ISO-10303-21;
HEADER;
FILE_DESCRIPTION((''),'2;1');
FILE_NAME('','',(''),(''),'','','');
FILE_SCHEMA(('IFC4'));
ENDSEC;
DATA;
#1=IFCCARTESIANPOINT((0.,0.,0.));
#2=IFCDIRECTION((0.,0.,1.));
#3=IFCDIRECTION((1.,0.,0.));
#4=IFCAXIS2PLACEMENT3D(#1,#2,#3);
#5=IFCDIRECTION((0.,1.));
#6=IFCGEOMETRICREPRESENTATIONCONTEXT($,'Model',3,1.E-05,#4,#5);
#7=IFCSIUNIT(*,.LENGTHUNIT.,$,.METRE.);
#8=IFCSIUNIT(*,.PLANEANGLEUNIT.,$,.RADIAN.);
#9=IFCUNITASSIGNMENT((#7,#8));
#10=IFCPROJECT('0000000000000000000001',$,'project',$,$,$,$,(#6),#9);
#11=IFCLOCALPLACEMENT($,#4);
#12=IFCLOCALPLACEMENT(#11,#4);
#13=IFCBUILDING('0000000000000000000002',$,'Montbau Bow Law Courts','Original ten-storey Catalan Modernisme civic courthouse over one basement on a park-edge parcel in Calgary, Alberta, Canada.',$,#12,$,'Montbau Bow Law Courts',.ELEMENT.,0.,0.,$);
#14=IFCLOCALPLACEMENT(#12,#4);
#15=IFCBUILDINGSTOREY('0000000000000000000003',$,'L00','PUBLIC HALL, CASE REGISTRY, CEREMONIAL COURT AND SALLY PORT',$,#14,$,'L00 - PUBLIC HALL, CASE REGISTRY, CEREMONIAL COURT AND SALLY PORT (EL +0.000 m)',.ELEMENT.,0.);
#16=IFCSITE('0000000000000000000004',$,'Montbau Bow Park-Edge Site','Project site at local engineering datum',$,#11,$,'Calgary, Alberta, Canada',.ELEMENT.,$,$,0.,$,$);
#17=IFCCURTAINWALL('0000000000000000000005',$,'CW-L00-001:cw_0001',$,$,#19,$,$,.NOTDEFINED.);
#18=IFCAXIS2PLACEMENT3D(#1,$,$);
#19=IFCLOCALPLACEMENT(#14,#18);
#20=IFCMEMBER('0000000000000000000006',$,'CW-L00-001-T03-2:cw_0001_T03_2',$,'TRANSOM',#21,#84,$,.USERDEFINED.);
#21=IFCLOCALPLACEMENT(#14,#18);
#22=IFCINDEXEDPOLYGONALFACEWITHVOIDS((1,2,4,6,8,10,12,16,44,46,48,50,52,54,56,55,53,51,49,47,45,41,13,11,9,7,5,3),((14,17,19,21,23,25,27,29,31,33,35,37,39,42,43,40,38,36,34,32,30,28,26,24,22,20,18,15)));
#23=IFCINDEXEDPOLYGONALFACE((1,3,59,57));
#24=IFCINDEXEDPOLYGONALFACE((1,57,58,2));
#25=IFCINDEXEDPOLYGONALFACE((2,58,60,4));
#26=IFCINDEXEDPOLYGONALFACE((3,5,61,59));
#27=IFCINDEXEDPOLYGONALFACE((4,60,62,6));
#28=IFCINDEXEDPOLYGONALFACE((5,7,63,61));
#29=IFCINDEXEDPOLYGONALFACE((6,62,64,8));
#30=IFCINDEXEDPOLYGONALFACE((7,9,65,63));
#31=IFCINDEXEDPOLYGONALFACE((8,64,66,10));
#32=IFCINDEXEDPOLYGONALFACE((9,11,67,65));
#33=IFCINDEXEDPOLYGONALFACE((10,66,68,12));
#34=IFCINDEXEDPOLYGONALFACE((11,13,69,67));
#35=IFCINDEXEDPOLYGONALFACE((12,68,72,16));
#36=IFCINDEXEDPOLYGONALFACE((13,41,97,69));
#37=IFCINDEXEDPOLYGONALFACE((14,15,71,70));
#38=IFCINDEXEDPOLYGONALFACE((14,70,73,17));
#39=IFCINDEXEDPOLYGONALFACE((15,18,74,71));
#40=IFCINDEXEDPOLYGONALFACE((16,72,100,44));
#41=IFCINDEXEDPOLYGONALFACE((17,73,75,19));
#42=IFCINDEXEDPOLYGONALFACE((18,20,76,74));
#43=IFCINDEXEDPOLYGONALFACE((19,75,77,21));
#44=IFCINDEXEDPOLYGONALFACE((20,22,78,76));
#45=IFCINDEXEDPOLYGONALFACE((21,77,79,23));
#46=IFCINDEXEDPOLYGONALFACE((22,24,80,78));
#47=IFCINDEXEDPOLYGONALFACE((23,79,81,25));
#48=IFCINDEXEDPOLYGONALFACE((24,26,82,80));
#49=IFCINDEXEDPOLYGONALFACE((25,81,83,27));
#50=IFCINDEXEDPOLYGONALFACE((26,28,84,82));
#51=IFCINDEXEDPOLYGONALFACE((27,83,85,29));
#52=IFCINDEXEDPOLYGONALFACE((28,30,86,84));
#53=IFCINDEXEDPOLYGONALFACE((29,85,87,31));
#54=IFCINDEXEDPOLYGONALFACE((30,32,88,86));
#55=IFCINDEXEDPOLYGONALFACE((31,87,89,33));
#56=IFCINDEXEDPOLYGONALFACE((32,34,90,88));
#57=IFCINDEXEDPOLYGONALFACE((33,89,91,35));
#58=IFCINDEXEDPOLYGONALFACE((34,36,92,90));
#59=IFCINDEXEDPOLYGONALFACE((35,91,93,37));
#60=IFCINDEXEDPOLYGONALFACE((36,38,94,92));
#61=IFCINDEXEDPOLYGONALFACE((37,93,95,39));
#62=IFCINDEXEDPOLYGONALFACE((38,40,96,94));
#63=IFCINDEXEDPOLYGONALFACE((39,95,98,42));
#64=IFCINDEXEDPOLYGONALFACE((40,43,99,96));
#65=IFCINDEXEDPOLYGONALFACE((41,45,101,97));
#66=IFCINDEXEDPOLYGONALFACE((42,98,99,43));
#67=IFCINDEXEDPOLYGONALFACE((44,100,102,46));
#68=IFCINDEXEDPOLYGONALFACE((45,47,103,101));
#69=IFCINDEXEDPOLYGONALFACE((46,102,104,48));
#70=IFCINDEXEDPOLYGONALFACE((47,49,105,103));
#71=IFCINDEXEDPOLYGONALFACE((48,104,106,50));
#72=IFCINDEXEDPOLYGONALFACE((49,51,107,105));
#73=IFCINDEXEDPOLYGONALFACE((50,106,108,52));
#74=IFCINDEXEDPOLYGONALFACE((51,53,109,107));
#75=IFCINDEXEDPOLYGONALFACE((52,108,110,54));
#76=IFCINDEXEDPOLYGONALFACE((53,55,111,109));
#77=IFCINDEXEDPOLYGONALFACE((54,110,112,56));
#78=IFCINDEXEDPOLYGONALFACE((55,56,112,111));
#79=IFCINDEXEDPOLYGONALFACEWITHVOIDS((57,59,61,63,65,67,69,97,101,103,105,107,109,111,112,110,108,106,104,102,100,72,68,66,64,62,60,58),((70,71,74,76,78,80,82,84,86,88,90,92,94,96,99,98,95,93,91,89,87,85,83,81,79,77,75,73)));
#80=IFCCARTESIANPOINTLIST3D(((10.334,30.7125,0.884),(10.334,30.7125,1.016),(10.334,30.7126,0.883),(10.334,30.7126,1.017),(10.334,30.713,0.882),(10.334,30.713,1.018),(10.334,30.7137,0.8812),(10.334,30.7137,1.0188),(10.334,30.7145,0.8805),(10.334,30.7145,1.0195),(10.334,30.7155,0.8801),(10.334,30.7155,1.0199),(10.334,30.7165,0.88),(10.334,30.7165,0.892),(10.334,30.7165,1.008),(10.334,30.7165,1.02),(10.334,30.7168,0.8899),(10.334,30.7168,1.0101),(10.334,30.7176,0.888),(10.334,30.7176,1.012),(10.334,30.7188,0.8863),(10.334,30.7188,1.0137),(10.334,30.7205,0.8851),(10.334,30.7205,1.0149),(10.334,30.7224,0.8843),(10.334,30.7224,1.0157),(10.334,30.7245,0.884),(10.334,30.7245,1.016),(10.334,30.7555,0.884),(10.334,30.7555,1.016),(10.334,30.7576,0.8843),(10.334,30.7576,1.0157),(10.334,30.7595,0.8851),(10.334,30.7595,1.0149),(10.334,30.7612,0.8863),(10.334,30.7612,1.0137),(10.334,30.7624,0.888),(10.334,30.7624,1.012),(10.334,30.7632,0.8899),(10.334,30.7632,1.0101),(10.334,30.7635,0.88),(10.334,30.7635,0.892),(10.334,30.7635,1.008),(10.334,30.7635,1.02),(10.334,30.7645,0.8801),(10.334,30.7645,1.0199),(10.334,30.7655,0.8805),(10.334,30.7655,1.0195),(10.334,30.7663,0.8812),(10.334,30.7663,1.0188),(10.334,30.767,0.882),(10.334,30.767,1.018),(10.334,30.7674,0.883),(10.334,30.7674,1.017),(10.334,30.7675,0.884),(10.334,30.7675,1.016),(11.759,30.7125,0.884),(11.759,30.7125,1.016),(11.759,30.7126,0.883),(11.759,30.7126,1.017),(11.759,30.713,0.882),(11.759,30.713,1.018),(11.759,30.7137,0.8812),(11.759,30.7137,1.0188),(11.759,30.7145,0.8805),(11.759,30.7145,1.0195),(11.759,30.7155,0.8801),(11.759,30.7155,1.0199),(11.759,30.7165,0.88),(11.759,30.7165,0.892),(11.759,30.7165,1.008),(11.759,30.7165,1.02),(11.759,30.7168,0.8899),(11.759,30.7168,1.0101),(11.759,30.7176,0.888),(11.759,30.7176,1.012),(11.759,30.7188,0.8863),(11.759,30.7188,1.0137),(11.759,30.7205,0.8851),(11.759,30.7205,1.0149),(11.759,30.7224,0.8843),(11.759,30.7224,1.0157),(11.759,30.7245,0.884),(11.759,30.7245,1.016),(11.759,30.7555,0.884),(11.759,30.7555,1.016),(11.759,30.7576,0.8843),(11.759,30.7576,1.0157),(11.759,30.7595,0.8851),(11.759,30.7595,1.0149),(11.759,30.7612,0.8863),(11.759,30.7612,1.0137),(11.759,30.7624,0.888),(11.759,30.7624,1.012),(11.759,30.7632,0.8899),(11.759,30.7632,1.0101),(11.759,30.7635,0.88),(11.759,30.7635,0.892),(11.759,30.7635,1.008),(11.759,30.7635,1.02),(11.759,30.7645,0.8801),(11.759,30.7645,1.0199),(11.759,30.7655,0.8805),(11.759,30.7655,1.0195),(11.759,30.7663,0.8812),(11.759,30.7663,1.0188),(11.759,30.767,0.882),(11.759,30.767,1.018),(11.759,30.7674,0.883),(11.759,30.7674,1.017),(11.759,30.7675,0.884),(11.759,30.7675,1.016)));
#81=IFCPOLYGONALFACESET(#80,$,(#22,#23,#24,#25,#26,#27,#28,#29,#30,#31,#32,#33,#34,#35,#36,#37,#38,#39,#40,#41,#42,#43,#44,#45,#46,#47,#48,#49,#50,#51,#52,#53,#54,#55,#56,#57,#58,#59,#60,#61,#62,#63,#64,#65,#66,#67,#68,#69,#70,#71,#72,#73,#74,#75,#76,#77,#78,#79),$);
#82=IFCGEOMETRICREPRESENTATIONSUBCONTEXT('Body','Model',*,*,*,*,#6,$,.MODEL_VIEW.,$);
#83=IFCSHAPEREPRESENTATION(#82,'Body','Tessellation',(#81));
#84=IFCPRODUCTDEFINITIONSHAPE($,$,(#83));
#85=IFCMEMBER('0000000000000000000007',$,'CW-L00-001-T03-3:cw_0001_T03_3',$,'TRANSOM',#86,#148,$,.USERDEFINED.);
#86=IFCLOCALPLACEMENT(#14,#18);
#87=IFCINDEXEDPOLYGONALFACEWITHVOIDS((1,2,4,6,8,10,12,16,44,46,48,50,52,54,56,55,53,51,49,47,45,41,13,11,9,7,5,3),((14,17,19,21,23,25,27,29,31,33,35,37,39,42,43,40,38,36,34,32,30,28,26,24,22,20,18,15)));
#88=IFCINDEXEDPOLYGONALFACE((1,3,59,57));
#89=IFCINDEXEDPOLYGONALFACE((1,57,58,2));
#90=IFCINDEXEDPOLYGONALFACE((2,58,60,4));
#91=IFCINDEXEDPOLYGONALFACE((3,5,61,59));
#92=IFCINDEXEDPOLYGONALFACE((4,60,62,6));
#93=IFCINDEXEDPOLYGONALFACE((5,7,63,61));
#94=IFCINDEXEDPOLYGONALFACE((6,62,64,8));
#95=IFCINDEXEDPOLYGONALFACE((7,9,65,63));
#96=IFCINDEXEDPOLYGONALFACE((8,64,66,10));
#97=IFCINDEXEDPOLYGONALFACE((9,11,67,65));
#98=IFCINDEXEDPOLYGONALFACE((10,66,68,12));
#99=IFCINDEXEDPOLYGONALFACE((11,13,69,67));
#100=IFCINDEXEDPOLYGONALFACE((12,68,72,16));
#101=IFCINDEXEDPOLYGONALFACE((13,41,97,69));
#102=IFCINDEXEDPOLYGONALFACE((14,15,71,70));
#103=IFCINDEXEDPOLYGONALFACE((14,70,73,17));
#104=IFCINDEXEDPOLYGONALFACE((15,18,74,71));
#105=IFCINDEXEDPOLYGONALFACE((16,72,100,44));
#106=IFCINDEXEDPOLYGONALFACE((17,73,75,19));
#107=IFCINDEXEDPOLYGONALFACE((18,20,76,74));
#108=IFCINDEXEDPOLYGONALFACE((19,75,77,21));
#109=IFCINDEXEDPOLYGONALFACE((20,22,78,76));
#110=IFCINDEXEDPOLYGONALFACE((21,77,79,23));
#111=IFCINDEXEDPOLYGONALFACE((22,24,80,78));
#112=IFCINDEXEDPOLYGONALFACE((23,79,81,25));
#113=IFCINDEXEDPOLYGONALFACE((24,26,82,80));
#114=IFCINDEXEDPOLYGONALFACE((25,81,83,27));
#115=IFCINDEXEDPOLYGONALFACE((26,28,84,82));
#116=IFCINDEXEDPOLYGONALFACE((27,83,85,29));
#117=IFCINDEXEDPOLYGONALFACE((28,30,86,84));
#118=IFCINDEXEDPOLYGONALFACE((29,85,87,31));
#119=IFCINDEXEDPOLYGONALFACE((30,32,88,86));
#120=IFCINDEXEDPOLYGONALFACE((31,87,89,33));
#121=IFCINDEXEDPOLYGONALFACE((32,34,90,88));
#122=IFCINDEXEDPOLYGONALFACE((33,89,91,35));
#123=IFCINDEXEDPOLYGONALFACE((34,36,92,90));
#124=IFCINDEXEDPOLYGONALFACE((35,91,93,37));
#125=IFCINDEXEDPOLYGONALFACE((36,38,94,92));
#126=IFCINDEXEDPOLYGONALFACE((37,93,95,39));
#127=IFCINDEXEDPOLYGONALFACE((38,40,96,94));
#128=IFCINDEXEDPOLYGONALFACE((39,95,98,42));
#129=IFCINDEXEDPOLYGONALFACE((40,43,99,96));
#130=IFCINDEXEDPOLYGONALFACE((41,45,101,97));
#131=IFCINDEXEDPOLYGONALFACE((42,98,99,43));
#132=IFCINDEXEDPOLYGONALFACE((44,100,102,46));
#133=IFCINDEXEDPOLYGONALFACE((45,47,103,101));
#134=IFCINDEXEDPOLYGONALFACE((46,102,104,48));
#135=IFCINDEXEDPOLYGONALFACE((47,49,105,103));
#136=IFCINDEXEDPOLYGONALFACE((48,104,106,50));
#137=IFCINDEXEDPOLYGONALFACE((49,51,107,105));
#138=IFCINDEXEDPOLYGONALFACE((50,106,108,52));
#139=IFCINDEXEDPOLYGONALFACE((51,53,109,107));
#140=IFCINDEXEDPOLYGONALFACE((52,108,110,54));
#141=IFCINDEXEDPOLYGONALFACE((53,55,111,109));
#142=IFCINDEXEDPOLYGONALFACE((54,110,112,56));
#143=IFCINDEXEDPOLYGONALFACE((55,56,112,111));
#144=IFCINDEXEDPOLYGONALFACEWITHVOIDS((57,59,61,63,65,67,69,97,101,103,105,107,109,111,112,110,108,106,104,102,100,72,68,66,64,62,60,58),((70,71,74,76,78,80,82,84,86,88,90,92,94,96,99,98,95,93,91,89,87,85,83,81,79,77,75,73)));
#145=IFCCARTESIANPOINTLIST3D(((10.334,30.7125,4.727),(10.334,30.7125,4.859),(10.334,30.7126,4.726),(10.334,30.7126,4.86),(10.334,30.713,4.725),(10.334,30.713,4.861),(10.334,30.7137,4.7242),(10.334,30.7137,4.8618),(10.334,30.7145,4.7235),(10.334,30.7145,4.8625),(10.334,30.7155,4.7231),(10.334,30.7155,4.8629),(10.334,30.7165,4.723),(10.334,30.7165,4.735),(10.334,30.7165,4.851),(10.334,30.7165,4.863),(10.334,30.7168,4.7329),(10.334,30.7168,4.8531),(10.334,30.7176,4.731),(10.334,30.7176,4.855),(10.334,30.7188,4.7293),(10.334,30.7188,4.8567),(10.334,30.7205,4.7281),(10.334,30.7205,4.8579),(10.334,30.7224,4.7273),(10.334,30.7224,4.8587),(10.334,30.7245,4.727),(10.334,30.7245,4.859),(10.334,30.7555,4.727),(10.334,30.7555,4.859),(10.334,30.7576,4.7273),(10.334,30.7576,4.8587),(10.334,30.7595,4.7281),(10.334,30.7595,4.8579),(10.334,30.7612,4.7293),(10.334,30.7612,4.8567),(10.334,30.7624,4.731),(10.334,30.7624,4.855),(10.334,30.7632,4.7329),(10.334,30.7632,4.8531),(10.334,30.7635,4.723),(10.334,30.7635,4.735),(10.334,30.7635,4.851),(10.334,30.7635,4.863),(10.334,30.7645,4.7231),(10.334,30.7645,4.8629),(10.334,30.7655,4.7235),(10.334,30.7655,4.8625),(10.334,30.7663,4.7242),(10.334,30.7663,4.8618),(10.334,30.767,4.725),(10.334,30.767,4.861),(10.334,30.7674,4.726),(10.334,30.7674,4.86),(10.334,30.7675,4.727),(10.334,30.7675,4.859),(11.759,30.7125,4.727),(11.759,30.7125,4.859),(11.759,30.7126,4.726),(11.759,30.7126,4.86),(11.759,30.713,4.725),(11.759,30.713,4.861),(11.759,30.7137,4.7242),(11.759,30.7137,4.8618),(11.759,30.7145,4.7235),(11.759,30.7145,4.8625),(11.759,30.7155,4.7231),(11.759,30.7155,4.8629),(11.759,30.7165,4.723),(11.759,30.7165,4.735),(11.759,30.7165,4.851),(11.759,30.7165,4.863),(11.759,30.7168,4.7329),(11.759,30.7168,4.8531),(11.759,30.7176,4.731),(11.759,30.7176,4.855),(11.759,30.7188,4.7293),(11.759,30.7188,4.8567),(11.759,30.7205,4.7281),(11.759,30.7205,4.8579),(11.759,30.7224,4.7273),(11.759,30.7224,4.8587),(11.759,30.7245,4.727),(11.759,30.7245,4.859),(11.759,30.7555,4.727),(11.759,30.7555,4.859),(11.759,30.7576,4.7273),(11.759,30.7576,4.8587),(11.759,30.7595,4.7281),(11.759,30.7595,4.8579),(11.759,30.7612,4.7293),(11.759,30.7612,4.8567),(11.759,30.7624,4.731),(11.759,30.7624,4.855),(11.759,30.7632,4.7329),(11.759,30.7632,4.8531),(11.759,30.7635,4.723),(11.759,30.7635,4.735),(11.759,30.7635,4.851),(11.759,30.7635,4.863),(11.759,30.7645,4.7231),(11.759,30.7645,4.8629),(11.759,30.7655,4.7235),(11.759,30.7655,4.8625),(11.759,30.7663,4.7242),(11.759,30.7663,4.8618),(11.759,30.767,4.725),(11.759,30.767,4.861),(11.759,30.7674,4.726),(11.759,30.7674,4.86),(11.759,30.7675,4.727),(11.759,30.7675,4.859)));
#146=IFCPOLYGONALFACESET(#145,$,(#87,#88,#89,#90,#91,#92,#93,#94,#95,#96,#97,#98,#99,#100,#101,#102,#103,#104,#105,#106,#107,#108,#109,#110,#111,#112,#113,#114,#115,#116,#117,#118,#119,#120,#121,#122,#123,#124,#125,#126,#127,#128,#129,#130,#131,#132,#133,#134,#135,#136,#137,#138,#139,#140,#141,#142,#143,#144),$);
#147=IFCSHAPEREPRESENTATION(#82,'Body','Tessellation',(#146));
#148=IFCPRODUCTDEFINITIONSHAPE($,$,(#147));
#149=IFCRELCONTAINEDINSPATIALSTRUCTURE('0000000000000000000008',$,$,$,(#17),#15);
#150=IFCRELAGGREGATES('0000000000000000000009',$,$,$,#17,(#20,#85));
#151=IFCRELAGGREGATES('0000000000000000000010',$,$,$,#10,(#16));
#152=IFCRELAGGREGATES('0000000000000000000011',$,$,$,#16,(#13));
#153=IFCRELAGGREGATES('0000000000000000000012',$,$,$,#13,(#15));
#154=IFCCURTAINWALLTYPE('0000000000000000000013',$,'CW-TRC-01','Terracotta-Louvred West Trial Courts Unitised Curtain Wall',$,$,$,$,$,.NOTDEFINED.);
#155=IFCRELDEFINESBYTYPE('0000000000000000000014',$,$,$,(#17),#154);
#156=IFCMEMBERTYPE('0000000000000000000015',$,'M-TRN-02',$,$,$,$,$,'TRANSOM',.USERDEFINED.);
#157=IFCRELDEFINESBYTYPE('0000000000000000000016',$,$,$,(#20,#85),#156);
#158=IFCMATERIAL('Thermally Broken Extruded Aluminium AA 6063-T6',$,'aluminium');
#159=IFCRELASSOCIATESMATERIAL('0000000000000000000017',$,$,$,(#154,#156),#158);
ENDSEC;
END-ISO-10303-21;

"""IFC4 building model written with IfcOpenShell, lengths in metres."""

from ifc_helpers import new_model, si_unit, direction, frame, origin_with_axes, origin_2d_with_axis, place, context, subcontext, project, spatial, hollow_rectangle, extrude, material, material_profile, profile_set, type_object, element, aggregate, save


model = new_model("IFC4")

# Units and contexts
model_context = context("Model", 3, precision=1e-05, world=origin_with_axes(), true_north=direction((0.0, 1.0)))
body_context = subcontext(model_context, "Body", "Model", "MODEL_VIEW")
ifc_project = project(units=[si_unit("LENGTHUNIT", "METRE"), si_unit("PLANEANGLEUNIT", "RADIAN")], contexts=[model_context])

# Site, building, storey
site_placement = place(None, origin_with_axes())
site = spatial("IfcSite", under=ifc_project, at=site_placement, Name="Montbau Bow Park-Edge Site", Description="Project site at local engineering datum", LongName="Calgary, Alberta, Canada", CompositionType="ELEMENT", RefElevation=0.0)
building_placement = place(site_placement, origin_with_axes())
building = spatial("IfcBuilding", under=site, at=building_placement, Name="Montbau Bow Law Courts", Description="Original ten-storey Catalan Modernisme civic courthouse over one basement on a park-edge parcel in Calgary, Alberta, Canada.", LongName="Montbau Bow Law Courts", CompositionType="ELEMENT", ElevationOfRefHeight=0.0, ElevationOfTerrain=0.0)
storey_placement = place(building_placement, origin_with_axes())
storey = spatial("IfcBuildingStorey", under=building, at=storey_placement, Name="L00", Description="PUBLIC HALL, CASE REGISTRY, CEREMONIAL COURT AND SALLY PORT", LongName="L00 - PUBLIC HALL, CASE REGISTRY, CEREMONIAL COURT AND SALLY PORT (EL +0.000 m)", CompositionType="ELEMENT", Elevation=0.0)

# Curtain wall
ifc_material_1 = material(Name="Thermally Broken Extruded Aluminium AA 6063-T6", Category="aluminium")
curtain_wall_type = type_object("IfcCurtainWallType", Name="CW-TRC-01", Description="Terracotta-Louvred West Trial Courts Unitised Curtain Wall", PredefinedType="NOTDEFINED", material=ifc_material_1)
curtain_wall_1_placement = place(None, frame((7.315, 30.74, 0.0), z_axis=(0.0, 0.0, 1.0), x_axis=(1.0, 0.0, 0.0)))
curtain_wall_1 = element("IfcCurtainWall", 1, at=curtain_wall_1_placement, inside=storey, type_object=curtain_wall_type, Name="CW-L00-001:cw_0001", PredefinedType="NOTDEFINED")

# Members
ifc_material_profile_1 = material_profile(ifc_material_1, hollow_rectangle(XDim=0.055, YDim=0.14, WallThickness=0.004, InnerFilletRadius=0.008, OuterFilletRadius=0.004, at=origin_2d_with_axis()), Name="CWT-140X55", Category="Main", Priority=0)
ifc_profile_set_1 = profile_set([ifc_material_profile_1], Name="Thermally Broken Extruded Aluminium AA 6063-T6")
member_type_1 = type_object("IfcMemberType", Name="M-TRN-02", ElementType="TRANSOM", PredefinedType="USERDEFINED", material=ifc_profile_set_1)
member_1_placement = place(None, frame((10.334, 30.74, 0.95), z_axis=(1.0, 0.0, 0.0), x_axis=(0.0, 1.0, 0.0)))
member_1 = element("IfcMember", 2, at=member_1_placement, type_object=member_type_1, Name="CW-L00-001-T03-2:cw_0001_T03_2", ObjectType="TRANSOM", PredefinedType="USERDEFINED", context=body_context, shape_type="SweptSolid", body=[
    extrude(hollow_rectangle(XDim=0.055, YDim=0.14, WallThickness=0.004, InnerFilletRadius=0.008, OuterFilletRadius=0.004, at=origin_2d_with_axis()), origin_with_axes(), (0.0, 0.0, 1.0), 1.425),
])
member_2_placement = place(None, frame((10.334, 30.74, 4.793), z_axis=(1.0, 0.0, 0.0), x_axis=(0.0, 1.0, 0.0)))
member_2 = element("IfcMember", 3, at=member_2_placement, type_object=member_type_1, Name="CW-L00-001-T03-3:cw_0001_T03_3", ObjectType="TRANSOM", PredefinedType="USERDEFINED", context=body_context, shape_type="SweptSolid", body=[
    extrude(hollow_rectangle(XDim=0.055, YDim=0.14, WallThickness=0.004, InnerFilletRadius=0.008, OuterFilletRadius=0.004, at=origin_2d_with_axis()), origin_with_axes(), (0.0, 0.0, 1.0), 1.425),
])

aggregate(curtain_wall_1, [member_1, member_2])

save(model, "model.ifc")
